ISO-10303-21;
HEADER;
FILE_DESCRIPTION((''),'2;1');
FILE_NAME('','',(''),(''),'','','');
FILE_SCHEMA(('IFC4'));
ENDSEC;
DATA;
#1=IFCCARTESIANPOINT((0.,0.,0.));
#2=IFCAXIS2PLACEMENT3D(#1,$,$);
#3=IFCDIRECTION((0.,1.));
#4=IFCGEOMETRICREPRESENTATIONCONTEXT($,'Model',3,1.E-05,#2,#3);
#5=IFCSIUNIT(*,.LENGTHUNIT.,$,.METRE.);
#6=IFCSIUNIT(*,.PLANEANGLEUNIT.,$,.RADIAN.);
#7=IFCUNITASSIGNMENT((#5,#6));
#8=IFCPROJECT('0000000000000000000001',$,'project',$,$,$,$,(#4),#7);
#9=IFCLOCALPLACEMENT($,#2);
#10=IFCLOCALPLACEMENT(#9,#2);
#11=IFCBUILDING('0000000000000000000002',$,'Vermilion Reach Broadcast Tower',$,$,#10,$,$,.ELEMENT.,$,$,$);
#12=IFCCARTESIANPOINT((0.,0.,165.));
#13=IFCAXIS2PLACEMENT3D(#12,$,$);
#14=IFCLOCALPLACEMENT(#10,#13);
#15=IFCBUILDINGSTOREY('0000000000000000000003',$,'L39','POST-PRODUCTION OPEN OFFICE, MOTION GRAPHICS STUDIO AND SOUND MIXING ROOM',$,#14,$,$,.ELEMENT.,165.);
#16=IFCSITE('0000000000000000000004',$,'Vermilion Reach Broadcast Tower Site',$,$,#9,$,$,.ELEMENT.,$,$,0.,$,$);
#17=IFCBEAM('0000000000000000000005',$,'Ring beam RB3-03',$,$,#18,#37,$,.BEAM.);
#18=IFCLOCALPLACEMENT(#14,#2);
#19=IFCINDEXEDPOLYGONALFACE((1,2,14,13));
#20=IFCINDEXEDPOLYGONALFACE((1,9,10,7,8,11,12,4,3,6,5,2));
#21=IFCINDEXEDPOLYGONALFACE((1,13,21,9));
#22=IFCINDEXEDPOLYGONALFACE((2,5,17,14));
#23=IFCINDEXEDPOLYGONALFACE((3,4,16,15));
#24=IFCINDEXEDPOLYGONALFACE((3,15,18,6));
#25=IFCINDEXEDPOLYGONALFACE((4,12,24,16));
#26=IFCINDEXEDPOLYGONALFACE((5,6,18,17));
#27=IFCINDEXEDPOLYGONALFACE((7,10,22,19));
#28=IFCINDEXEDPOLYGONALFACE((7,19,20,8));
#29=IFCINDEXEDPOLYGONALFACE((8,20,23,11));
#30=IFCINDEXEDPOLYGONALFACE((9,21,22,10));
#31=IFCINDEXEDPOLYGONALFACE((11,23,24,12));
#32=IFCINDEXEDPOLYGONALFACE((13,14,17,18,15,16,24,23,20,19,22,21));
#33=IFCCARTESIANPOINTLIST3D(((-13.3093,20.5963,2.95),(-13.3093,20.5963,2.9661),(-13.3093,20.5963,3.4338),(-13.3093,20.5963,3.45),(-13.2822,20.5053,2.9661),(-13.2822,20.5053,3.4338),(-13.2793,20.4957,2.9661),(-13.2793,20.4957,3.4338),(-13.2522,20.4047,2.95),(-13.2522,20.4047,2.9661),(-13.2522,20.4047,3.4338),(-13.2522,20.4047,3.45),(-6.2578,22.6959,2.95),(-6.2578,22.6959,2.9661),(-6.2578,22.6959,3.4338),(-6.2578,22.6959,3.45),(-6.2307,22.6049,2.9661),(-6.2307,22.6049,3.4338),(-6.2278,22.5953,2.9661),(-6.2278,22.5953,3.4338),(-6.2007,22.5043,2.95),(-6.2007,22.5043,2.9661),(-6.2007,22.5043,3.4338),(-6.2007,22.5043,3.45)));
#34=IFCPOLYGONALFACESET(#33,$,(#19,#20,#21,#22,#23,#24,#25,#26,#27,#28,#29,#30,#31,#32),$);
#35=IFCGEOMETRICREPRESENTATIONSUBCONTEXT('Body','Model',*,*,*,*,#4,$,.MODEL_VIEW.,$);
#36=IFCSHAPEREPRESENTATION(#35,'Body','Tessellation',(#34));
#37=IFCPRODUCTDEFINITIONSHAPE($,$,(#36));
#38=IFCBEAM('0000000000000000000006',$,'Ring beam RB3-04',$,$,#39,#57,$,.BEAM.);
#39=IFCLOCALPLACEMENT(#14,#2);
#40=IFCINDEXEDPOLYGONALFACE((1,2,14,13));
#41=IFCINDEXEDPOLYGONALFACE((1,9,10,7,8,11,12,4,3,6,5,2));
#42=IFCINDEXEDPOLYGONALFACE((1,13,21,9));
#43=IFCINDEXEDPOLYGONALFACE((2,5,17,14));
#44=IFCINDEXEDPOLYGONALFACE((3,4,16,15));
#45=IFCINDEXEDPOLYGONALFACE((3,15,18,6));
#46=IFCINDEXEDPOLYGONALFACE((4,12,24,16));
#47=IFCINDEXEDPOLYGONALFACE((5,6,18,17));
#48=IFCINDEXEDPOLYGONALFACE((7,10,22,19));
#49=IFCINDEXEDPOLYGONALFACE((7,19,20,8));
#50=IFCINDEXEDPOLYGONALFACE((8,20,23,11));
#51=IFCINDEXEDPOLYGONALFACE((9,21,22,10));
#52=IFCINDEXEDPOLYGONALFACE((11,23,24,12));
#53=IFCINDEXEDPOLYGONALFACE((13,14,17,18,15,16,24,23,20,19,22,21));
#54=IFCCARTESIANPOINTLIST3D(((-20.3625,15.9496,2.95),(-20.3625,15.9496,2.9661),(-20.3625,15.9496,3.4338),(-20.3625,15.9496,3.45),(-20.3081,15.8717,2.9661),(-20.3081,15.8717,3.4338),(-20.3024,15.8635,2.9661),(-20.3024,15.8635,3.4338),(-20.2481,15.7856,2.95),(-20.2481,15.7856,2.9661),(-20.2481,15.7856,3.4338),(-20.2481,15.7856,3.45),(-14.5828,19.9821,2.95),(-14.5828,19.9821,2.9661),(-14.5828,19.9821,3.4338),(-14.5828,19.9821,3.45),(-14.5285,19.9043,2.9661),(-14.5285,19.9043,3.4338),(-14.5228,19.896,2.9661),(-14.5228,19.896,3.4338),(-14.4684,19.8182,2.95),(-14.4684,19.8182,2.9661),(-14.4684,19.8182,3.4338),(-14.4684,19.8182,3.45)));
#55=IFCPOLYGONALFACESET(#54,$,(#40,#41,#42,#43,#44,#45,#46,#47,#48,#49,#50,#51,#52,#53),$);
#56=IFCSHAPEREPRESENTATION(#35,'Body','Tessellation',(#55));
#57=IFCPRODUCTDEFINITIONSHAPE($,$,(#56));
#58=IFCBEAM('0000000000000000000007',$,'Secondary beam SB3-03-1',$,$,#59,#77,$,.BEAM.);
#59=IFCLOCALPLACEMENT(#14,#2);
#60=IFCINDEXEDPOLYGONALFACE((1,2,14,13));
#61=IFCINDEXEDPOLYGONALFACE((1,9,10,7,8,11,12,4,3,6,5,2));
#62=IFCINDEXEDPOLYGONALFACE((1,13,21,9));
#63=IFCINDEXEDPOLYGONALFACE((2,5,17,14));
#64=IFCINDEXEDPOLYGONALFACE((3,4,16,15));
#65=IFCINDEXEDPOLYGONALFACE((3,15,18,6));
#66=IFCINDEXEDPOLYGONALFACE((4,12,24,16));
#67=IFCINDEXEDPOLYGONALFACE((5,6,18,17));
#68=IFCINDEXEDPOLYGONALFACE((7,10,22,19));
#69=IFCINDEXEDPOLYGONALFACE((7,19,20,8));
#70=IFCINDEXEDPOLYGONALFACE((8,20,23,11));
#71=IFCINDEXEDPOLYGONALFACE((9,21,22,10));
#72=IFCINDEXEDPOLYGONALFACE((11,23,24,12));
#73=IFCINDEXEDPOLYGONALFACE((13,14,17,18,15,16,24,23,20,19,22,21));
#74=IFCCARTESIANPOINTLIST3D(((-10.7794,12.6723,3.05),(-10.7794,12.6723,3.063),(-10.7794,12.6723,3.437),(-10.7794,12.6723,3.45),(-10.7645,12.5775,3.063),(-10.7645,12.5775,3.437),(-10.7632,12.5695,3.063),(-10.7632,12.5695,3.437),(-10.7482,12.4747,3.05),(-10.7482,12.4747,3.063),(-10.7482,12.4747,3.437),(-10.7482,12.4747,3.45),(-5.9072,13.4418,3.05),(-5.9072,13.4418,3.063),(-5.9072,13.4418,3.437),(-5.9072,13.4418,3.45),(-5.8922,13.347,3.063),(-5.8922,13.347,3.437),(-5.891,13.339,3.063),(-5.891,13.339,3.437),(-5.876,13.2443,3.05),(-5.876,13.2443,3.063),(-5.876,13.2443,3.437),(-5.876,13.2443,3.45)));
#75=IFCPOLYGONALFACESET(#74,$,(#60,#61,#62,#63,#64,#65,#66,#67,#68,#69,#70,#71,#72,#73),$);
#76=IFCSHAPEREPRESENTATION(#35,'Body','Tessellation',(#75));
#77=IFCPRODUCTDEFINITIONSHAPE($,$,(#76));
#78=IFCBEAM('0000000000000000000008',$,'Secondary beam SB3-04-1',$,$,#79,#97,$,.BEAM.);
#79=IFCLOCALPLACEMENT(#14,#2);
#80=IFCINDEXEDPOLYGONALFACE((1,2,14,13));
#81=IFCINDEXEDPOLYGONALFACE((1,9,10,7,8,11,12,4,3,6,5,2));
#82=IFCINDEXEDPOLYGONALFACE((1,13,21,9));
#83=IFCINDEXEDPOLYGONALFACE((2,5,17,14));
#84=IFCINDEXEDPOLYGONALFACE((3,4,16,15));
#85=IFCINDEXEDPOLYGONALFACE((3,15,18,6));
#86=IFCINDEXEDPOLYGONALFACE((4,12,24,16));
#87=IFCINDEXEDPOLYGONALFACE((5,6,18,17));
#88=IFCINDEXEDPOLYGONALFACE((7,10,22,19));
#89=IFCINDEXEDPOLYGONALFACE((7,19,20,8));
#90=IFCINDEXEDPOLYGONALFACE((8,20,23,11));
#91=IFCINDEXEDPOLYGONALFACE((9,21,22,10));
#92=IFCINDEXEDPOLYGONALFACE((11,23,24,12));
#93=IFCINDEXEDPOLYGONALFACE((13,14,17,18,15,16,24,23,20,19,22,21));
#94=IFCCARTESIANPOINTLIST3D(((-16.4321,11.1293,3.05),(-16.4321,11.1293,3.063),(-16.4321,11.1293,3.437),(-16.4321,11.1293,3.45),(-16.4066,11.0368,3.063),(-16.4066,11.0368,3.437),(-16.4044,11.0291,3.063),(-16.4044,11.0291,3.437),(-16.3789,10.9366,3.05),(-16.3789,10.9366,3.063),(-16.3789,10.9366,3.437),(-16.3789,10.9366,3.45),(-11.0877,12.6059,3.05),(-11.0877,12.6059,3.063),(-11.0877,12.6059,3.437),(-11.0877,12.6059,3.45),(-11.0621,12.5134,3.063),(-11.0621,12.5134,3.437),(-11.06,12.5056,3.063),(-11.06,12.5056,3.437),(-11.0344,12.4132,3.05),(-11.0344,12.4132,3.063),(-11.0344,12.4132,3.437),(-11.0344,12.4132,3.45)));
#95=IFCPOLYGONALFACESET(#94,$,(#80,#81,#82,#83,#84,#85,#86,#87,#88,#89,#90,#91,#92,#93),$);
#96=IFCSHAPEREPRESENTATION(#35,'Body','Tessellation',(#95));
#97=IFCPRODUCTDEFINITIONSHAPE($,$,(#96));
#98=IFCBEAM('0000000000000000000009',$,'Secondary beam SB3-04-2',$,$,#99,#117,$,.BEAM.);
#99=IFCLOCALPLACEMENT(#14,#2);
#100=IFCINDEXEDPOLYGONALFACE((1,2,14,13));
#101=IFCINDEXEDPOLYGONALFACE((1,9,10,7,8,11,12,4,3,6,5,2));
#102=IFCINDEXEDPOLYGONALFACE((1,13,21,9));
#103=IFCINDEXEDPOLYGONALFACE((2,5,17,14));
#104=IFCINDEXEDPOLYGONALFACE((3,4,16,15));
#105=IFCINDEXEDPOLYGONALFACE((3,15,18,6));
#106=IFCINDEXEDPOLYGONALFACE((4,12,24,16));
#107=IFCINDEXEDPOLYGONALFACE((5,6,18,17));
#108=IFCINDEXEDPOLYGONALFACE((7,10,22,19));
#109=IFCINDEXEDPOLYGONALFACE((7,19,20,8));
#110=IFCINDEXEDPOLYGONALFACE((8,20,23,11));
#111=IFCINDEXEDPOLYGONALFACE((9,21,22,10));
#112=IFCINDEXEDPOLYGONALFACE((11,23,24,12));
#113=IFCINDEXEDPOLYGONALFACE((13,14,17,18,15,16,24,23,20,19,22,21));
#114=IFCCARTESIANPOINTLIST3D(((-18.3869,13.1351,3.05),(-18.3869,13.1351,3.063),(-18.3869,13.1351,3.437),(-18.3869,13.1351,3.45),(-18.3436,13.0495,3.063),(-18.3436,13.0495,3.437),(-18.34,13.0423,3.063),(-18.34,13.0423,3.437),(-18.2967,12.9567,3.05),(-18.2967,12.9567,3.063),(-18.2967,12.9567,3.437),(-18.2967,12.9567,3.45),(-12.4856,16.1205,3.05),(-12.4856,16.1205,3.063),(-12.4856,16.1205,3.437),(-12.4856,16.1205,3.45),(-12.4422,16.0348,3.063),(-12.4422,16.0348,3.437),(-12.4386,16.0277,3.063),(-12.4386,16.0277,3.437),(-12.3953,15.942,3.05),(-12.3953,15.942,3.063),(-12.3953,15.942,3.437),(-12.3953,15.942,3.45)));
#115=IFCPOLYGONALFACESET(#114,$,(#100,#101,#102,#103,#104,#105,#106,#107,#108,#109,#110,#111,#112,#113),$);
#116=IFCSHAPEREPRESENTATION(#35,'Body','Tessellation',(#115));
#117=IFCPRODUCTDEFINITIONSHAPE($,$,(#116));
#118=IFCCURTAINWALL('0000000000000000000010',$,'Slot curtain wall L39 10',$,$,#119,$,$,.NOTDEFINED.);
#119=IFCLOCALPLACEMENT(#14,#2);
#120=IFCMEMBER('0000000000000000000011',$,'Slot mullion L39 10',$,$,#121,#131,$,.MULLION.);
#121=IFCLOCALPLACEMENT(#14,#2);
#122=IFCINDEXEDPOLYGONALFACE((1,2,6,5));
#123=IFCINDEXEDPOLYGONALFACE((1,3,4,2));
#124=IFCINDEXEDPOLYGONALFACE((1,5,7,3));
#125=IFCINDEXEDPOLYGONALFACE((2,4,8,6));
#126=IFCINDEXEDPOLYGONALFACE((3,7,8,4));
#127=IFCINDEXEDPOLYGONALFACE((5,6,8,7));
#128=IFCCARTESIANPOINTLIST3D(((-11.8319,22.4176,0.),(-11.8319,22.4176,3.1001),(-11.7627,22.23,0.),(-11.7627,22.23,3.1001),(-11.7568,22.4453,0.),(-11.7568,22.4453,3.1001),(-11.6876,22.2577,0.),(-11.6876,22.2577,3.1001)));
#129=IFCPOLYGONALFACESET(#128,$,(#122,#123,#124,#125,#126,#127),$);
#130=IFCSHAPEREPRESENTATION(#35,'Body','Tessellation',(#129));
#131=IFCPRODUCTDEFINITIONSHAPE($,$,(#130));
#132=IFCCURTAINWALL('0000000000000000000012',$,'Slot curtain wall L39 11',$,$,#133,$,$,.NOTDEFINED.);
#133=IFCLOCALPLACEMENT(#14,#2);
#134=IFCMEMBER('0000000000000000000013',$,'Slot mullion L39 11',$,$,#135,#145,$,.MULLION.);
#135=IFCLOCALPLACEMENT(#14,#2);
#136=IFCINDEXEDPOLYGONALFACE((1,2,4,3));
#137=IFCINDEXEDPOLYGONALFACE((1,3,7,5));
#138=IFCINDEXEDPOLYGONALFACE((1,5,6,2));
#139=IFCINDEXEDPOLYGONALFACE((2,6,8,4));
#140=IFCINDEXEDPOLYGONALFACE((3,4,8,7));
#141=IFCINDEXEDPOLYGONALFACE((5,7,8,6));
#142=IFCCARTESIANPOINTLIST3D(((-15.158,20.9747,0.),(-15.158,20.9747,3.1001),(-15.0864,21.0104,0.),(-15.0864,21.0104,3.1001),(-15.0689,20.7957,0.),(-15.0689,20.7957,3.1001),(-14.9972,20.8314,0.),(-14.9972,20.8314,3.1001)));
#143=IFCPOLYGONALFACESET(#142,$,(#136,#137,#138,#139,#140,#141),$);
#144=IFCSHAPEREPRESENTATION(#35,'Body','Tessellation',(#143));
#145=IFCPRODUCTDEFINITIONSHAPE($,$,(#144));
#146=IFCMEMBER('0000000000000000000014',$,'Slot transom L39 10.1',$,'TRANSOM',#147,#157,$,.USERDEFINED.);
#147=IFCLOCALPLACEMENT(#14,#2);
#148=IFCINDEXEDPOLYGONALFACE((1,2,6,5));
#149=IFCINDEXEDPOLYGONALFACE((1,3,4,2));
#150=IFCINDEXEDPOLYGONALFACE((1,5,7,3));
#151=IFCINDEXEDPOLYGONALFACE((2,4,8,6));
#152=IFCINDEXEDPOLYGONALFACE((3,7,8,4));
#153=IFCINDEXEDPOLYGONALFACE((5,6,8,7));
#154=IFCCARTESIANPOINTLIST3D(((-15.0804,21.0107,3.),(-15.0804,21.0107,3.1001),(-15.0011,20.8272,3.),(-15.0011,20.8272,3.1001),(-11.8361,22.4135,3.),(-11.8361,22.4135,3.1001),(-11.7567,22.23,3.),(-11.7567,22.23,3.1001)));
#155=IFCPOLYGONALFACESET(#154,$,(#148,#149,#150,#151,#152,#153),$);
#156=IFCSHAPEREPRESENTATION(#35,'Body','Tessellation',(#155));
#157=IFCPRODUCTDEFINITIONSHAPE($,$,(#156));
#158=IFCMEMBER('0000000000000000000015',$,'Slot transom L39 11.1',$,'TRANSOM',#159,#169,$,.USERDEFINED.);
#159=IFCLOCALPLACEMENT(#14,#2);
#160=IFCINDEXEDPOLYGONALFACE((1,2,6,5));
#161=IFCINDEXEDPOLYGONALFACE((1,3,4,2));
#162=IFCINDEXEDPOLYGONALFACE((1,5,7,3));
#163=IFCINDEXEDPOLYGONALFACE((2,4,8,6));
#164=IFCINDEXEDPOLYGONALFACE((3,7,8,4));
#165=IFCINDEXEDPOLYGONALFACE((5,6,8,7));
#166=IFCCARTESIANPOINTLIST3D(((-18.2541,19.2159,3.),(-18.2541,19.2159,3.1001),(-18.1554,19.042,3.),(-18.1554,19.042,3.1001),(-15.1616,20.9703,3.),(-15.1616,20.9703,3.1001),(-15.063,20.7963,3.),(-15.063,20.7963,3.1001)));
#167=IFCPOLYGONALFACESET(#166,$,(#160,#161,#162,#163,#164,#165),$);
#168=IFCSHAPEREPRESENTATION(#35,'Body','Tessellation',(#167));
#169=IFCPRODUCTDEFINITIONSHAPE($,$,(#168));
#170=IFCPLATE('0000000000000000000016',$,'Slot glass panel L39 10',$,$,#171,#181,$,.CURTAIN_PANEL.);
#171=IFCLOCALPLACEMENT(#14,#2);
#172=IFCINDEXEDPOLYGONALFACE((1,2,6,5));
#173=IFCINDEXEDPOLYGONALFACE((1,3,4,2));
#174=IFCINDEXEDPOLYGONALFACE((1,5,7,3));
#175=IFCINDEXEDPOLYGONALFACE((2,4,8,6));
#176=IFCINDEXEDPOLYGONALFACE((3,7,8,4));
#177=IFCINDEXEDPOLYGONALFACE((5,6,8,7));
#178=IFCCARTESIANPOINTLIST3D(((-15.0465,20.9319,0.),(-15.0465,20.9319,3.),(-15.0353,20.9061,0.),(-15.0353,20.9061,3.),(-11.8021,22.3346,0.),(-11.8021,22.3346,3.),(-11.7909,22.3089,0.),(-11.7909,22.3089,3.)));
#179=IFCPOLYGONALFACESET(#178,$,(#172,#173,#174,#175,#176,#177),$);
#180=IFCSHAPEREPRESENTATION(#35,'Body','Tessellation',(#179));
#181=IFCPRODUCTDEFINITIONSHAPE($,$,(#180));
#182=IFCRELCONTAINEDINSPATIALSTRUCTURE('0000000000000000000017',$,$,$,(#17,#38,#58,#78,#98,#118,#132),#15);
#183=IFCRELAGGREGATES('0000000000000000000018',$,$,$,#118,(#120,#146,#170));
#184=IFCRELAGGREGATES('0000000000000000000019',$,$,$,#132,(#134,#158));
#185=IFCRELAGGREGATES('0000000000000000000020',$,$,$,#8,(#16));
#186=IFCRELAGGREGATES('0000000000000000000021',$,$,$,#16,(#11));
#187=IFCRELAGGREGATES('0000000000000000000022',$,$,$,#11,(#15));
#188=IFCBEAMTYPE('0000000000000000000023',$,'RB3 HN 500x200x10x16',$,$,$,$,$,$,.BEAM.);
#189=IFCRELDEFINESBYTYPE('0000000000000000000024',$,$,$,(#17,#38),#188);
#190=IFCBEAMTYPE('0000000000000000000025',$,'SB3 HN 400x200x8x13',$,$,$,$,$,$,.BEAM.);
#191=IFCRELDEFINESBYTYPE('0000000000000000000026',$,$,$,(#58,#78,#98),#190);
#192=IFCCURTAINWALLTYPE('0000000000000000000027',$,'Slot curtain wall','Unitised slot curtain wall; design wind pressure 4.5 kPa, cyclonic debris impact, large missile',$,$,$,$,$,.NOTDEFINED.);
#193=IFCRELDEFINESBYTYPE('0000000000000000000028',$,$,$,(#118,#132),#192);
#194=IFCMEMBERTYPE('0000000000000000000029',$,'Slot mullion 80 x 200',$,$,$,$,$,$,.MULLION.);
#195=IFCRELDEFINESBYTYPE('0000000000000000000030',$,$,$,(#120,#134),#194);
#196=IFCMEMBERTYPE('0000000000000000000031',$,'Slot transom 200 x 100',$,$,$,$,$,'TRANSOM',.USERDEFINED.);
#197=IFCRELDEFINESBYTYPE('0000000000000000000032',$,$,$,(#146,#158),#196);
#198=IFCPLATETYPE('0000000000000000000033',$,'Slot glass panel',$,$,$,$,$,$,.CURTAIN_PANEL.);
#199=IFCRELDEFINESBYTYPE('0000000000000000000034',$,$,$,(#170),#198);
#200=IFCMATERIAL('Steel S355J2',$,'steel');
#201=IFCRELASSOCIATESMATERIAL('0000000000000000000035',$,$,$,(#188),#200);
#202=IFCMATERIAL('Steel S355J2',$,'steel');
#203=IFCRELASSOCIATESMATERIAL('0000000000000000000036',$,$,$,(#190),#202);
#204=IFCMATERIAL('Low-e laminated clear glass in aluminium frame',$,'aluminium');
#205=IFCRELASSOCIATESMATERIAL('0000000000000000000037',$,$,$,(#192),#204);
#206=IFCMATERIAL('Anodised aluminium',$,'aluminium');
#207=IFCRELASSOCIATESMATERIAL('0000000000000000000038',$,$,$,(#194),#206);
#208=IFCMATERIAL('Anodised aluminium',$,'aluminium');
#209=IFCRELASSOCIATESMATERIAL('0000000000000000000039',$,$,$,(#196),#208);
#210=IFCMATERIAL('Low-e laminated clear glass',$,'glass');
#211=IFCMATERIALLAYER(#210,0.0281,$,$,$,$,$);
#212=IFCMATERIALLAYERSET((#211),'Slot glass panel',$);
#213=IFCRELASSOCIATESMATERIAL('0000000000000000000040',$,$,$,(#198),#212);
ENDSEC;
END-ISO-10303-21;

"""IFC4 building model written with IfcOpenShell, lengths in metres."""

from ifc_helpers import new_model, si_unit, direction, frame, origin, origin_2d, place, context, subcontext, project, spatial, rectangle, i_section, extrude, material, layer, layer_set, material_profile, profile_set, type_object, element, aggregate, save


model = new_model("IFC4")

# Units and contexts
model_context = context("Model", 3, precision=1e-05, world=origin(), true_north=direction((0.0, 1.0)))
body_context = subcontext(model_context, "Body", "Model", "MODEL_VIEW")
ifc_project = project(units=[si_unit("LENGTHUNIT", "METRE"), si_unit("PLANEANGLEUNIT", "RADIAN")], contexts=[model_context])

# Site, building, storey
site_placement = place(None, origin())
site = spatial("IfcSite", under=ifc_project, at=site_placement, Name="Vermilion Reach Broadcast Tower Site", CompositionType="ELEMENT", RefElevation=0.0)
building_placement = place(site_placement, origin())
building = spatial("IfcBuilding", under=site, at=building_placement, Name="Vermilion Reach Broadcast Tower", CompositionType="ELEMENT")
storey_placement = place(building_placement, frame((0.0, 0.0, 165.0)))
storey = spatial("IfcBuildingStorey", under=building, at=storey_placement, Name="L39", Description="POST-PRODUCTION OPEN OFFICE, MOTION GRAPHICS STUDIO AND SOUND MIXING ROOM", CompositionType="ELEMENT", Elevation=165.0)

# Beams
ifc_material_1 = material(Name="Steel S355J2", Category="steel")
ifc_material_profile_1 = material_profile(ifc_material_1, i_section(OverallWidth=0.2, OverallDepth=0.5, WebThickness=0.01, FlangeThickness=0.0161, at=origin_2d()), Name="S355J2 HN 500x200x10x16")
ifc_profile_set_1 = profile_set([ifc_material_profile_1], Name="Steel S355J2")
beam_type_1 = type_object("IfcBeamType", Name="RB3 HN 500x200x10x16", PredefinedType="BEAM", material=ifc_profile_set_1)
beam_1_placement = place(storey_placement, frame((-6.2292, 22.6001, 3.2), z_axis=(-0.958417, -0.285372, 0.0), x_axis=(0.285372, -0.958417, 0.0)))
element("IfcBeam", 1, at=beam_1_placement, inside=storey, type_object=beam_type_1, Name="Ring beam RB3-03", PredefinedType="BEAM", context=body_context, shape_type="SweptSolid", body=[
    extrude(i_section(OverallWidth=0.2, OverallDepth=0.5, WebThickness=0.01, FlangeThickness=0.0161, at=origin_2d()), origin(), (0.0, 0.0, 1.0), 7.3574),
])
beam_2_placement = place(storey_placement, frame((-14.5256, 19.9001, 3.2), z_axis=(-0.820111, -0.572204, 0.0), x_axis=(0.572204, -0.820111, 0.0)))
element("IfcBeam", 2, at=beam_2_placement, inside=storey, type_object=beam_type_1, Name="Ring beam RB3-04", PredefinedType="BEAM", context=body_context, shape_type="SweptSolid", body=[
    extrude(i_section(OverallWidth=0.2, OverallDepth=0.5, WebThickness=0.01, FlangeThickness=0.0161, at=origin_2d()), origin(), (0.0, 0.0, 1.0), 7.0474),
])
ifc_material_2 = material(Name="Steel S355J2", Category="steel")
ifc_material_profile_2 = material_profile(ifc_material_2, i_section(OverallWidth=0.2, OverallDepth=0.3999, WebThickness=0.0081, FlangeThickness=0.0129, at=origin_2d()), Name="S355J2 HN 400x200x8x13")
ifc_profile_set_2 = profile_set([ifc_material_profile_2], Name="Steel S355J2")
beam_type_2 = type_object("IfcBeamType", Name="SB3 HN 400x200x8x13", PredefinedType="BEAM", material=ifc_profile_set_2)
beam_3_placement = place(storey_placement, frame((-5.8916, 13.343, 3.25), z_axis=(-0.987756, -0.156006, 0.0), x_axis=(0.156006, -0.987756, 0.0)))
element("IfcBeam", 3, at=beam_3_placement, inside=storey, type_object=beam_type_2, Name="Secondary beam SB3-03-1", PredefinedType="BEAM", context=body_context, shape_type="SweptSolid", body=[
    extrude(i_section(OverallWidth=0.2, OverallDepth=0.3999, WebThickness=0.0081, FlangeThickness=0.0129, at=origin_2d()), origin(), (0.0, 0.0, 1.0), 4.9326),
])
beam_4_placement = place(storey_placement, frame((-11.061, 12.5095, 3.25), z_axis=(-0.96389, -0.266301, 0.0), x_axis=(0.266301, -0.96389, 0.0)))
element("IfcBeam", 4, at=beam_4_placement, inside=storey, type_object=beam_type_2, Name="Secondary beam SB3-04-1", PredefinedType="BEAM", context=body_context, shape_type="SweptSolid", body=[
    extrude(i_section(OverallWidth=0.2, OverallDepth=0.3999, WebThickness=0.0081, FlangeThickness=0.0129, at=origin_2d()), origin(), (0.0, 0.0, 1.0), 5.5447),
])
beam_5_placement = place(storey_placement, frame((-12.4404, 16.0312, 3.25), z_axis=(-0.892321, -0.451402, 0.0), x_axis=(0.451402, -0.892321, 0.0)))
element("IfcBeam", 5, at=beam_5_placement, inside=storey, type_object=beam_type_2, Name="Secondary beam SB3-04-2", PredefinedType="BEAM", context=body_context, shape_type="SweptSolid", body=[
    extrude(i_section(OverallWidth=0.2, OverallDepth=0.3999, WebThickness=0.0081, FlangeThickness=0.0129, at=origin_2d()), origin(), (0.0, 0.0, 1.0), 6.6135),
])

# Curtain walls, members
ifc_material_3 = material(Name="Low-e laminated clear glass in aluminium frame", Category="aluminium")
curtain_wall_type = type_object("IfcCurtainWallType", Name="Slot curtain wall", Description="Unitised slot curtain wall; design wind pressure 4.5 kPa, cyclonic debris impact, large missile", PredefinedType="NOTDEFINED", material=ifc_material_3)
placement = place(storey_placement, origin())
curtain_wall_1 = element("IfcCurtainWall", 6, at=placement, inside=storey, type_object=curtain_wall_type, Name="Slot curtain wall L39 10", PredefinedType="NOTDEFINED")
ifc_material_4 = material(Name="Anodised aluminium", Category="aluminium")
ifc_material_profile_3 = material_profile(ifc_material_4, rectangle(XDim=0.2, YDim=0.0801, at=origin_2d()), Name="Slot mullion 80 x 200")
ifc_profile_set_3 = profile_set([ifc_material_profile_3], Name="Anodised aluminium")
member_type_1 = type_object("IfcMemberType", Name="Slot mullion 80 x 200", PredefinedType="MULLION", material=ifc_profile_set_3)
member_1_placement = place(storey_placement, frame((-11.7598, 22.3376, 0.0), z_axis=(0.0, 0.0, 1.0), x_axis=(0.345937, -0.938258, 0.0)))
member_1 = element("IfcMember", 7, at=member_1_placement, type_object=member_type_1, Name="Slot mullion L39 10", PredefinedType="MULLION", context=body_context, shape_type="SweptSolid", body=[
    extrude(rectangle(XDim=0.2, YDim=0.0801, at=origin_2d()), origin(), (0.0, 0.0, 1.0), 3.1001),
])
curtain_wall_2 = element("IfcCurtainWall", 8, at=placement, inside=storey, type_object=curtain_wall_type, Name="Slot curtain wall L39 11", PredefinedType="NOTDEFINED")
member_2_placement = place(storey_placement, frame((-15.0776, 20.9031, 0.0), z_axis=(0.0, 0.0, 1.0), x_axis=(0.445793, -0.895136, 0.0)))
member_2 = element("IfcMember", 9, at=member_2_placement, type_object=member_type_1, Name="Slot mullion L39 11", PredefinedType="MULLION", context=body_context, shape_type="SweptSolid", body=[
    extrude(rectangle(XDim=0.2, YDim=0.0801, at=origin_2d()), origin(), (0.0, 0.0, 1.0), 3.1001),
])

# Members
ifc_material_5 = material(Name="Anodised aluminium", Category="aluminium")
ifc_material_profile_4 = material_profile(ifc_material_5, rectangle(XDim=0.2, YDim=0.1001, at=origin_2d()), Name="Slot transom 200 x 100")
ifc_profile_set_4 = profile_set([ifc_material_profile_4], Name="Anodised aluminium")
member_type_2 = type_object("IfcMemberType", Name="Slot transom 200 x 100", ElementType="TRANSOM", PredefinedType="USERDEFINED", material=ifc_profile_set_4)
member_3_placement = place(storey_placement, frame((-11.7964, 22.3218, 3.05), z_axis=(-0.917872, -0.396877, 0.0), x_axis=(0.396877, -0.917872, 0.0)))
member_3 = element("IfcMember", 10, at=member_3_placement, type_object=member_type_2, Name="Slot transom L39 10.1", ObjectType="TRANSOM", PredefinedType="USERDEFINED", context=body_context, shape_type="SweptSolid", body=[
    extrude(rectangle(XDim=0.2, YDim=0.1001, at=origin_2d()), origin(), (0.0, 0.0, 1.0), 3.5347),
])
member_4_placement = place(storey_placement, frame((-15.1123, 20.8833, 3.05), z_axis=(-0.869785, -0.49343, 0.0), x_axis=(0.49343, -0.869785, 0.0)))
member_4 = element("IfcMember", 11, at=member_4_placement, type_object=member_type_2, Name="Slot transom L39 11.1", ObjectType="TRANSOM", PredefinedType="USERDEFINED", context=body_context, shape_type="SweptSolid", body=[
    extrude(rectangle(XDim=0.2, YDim=0.1001, at=origin_2d()), origin(), (0.0, 0.0, 1.0), 3.5554),
])

# Plate
ifc_material_6 = material(Name="Low-e laminated clear glass", Category="glass")
ifc_layer_1 = layer(ifc_material_6, 0.0281)
ifc_layer_set_1 = layer_set([ifc_layer_1], Name="Slot glass panel")
plate_type = type_object("IfcPlateType", Name="Slot glass panel", PredefinedType="CURTAIN_PANEL", material=ifc_layer_set_1)
plate_1_placement = place(storey_placement, frame((-13.4187, 21.6204, 0.0), z_axis=(0.0, 0.0, 1.0), x_axis=(-0.917876, -0.396867, 0.0)))
plate_1 = element("IfcPlate", 12, at=plate_1_placement, type_object=plate_type, Name="Slot glass panel L39 10", PredefinedType="CURTAIN_PANEL", context=body_context, shape_type="SweptSolid", body=[
    extrude(rectangle(XDim=3.5347, YDim=0.0281, at=origin_2d()), origin(), (0.0, 0.0, 1.0), 3.0),
])
aggregate(curtain_wall_1, [member_1, member_3, plate_1])
aggregate(curtain_wall_2, [member_2, member_4])

save(model, "model.ifc")
